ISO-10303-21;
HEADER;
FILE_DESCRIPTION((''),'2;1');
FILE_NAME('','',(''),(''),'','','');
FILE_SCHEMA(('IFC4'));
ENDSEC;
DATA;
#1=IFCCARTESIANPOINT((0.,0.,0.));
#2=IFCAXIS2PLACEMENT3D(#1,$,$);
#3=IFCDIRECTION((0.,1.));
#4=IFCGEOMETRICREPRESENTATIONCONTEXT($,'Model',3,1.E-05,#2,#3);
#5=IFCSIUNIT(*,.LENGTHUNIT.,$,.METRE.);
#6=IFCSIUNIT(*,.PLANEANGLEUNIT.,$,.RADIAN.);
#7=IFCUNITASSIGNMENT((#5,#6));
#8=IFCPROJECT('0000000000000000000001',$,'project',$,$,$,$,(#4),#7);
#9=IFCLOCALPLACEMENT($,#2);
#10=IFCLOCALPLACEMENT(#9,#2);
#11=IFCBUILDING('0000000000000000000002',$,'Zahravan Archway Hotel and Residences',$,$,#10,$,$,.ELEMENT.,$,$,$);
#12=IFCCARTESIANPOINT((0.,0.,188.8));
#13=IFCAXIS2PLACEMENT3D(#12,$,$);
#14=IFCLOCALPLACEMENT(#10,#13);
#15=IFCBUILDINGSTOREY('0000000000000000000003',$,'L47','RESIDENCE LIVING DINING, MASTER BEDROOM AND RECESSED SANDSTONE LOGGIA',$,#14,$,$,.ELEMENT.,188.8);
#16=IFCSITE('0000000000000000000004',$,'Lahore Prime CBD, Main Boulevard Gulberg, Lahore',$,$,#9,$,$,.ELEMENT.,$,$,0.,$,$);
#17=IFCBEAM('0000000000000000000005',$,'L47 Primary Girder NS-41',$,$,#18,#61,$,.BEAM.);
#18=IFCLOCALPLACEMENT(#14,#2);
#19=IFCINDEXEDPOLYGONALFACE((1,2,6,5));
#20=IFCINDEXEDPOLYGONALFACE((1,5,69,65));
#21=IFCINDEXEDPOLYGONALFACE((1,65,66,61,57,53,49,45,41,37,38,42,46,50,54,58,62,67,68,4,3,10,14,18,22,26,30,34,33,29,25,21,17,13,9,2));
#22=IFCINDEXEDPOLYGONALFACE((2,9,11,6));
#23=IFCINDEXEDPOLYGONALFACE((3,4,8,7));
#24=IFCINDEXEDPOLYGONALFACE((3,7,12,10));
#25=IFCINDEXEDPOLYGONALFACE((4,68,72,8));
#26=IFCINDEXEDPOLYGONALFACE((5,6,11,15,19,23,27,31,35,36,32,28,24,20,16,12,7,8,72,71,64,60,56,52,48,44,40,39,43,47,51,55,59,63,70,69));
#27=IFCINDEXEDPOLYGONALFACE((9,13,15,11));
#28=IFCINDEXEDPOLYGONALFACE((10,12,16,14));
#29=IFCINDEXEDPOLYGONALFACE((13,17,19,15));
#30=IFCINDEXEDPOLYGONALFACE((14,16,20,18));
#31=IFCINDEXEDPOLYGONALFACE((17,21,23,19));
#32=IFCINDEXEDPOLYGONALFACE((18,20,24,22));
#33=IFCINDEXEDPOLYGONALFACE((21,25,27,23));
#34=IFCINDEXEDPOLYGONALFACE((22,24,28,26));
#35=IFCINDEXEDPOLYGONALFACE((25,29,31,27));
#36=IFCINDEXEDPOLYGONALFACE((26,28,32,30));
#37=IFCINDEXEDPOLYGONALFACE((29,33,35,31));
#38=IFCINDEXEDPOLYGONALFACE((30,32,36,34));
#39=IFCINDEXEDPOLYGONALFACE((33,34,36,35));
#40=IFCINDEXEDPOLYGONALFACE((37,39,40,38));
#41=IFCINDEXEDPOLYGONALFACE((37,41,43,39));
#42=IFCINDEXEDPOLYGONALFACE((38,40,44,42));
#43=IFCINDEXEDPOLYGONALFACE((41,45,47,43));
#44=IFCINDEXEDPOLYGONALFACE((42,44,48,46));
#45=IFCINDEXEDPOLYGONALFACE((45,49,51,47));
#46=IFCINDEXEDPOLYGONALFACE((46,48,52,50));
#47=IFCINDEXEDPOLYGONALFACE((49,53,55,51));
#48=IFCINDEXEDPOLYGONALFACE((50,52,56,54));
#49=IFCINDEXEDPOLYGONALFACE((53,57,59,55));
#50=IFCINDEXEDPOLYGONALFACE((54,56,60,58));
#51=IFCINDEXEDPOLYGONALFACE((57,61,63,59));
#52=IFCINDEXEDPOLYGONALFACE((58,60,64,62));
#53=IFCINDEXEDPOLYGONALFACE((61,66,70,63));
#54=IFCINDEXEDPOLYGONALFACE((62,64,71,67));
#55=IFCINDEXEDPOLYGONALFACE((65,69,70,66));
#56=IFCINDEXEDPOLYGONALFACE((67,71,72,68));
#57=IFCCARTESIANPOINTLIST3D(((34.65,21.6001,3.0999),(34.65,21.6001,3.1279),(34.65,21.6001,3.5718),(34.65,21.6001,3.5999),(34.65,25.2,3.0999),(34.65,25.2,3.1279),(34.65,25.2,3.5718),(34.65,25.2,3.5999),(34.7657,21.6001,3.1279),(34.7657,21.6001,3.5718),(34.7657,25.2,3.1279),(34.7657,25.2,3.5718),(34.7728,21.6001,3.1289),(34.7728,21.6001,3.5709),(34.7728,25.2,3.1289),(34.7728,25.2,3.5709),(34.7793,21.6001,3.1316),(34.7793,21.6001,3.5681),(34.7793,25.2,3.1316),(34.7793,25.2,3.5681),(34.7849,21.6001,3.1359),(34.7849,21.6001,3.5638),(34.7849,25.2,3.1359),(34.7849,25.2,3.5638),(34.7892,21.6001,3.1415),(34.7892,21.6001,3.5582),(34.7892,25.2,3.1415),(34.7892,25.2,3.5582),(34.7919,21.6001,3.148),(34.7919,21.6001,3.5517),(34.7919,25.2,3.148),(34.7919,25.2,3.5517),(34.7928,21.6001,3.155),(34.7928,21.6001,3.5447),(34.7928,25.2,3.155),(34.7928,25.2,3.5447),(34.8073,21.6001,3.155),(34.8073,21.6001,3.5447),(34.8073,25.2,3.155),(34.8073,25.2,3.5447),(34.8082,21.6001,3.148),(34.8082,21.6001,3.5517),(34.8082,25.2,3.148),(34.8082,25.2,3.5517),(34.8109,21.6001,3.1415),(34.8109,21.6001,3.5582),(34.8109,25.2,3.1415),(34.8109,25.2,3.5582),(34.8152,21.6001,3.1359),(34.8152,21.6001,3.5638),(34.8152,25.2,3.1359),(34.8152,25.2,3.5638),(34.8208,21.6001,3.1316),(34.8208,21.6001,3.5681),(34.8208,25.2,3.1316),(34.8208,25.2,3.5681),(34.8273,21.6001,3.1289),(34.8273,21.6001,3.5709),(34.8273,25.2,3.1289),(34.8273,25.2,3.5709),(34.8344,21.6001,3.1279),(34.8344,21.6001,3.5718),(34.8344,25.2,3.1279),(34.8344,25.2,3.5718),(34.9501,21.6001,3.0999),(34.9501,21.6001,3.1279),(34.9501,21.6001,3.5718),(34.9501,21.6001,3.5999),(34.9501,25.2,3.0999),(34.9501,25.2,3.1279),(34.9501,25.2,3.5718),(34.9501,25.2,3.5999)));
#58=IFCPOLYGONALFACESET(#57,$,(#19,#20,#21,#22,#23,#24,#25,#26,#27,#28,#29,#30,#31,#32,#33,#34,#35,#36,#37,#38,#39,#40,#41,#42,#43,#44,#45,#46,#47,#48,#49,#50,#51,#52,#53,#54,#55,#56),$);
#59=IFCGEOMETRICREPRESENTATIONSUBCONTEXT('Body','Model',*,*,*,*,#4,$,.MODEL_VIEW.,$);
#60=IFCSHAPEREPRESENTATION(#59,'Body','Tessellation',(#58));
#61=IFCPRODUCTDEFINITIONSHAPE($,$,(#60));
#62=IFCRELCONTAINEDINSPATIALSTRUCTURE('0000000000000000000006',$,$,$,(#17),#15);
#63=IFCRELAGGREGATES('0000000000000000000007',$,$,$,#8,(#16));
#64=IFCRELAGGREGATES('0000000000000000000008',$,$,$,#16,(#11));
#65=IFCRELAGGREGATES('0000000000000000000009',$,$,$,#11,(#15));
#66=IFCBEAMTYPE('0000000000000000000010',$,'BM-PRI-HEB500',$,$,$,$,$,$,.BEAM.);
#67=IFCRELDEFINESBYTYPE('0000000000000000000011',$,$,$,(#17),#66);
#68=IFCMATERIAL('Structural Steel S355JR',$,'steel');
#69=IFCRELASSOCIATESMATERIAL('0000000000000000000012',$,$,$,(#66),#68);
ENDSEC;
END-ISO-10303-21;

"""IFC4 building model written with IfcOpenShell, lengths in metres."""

from ifc_helpers import new_model, si_unit, direction, frame, origin, origin_2d, place, context, subcontext, project, spatial, i_section, extrude, source, transform, mapped, material, material_profile, profile_set, type_object, element, save


model = new_model("IFC4")

# Units and contexts
model_context = context("Model", 3, precision=1e-05, world=origin(), true_north=direction((0.0, 1.0)))
body_context = subcontext(model_context, "Body", "Model", "MODEL_VIEW")
ifc_project = project(units=[si_unit("LENGTHUNIT", "METRE"), si_unit("PLANEANGLEUNIT", "RADIAN")], contexts=[model_context])

# Site, building, storey
site_placement = place(None, origin())
site = spatial("IfcSite", under=ifc_project, at=site_placement, Name="Lahore Prime CBD, Main Boulevard Gulberg, Lahore", CompositionType="ELEMENT", RefElevation=0.0)
building_placement = place(site_placement, origin())
building = spatial("IfcBuilding", under=site, at=building_placement, Name="Zahravan Archway Hotel and Residences", CompositionType="ELEMENT")
storey_placement = place(building_placement, frame((0.0, 0.0, 188.8)))
storey = spatial("IfcBuildingStorey", under=building, at=storey_placement, Name="L47", Description="RESIDENCE LIVING DINING, MASTER BEDROOM AND RECESSED SANDSTONE LOGGIA", CompositionType="ELEMENT", Elevation=188.8)

# Beam
ifc_material_1 = material(Name="Structural Steel S355JR", Category="steel")
ifc_material_profile_1 = material_profile(ifc_material_1, i_section(OverallWidth=0.3, OverallDepth=0.5, WebThickness=0.0144, FlangeThickness=0.0281, FilletRadius=0.0271, at=origin_2d()), Name="HEB 500", Category="steel")
ifc_profile_set_1 = profile_set([ifc_material_profile_1], Name="Structural Steel S355JR")
beam_type_1 = type_object("IfcBeamType", Name="BM-PRI-HEB500", PredefinedType="BEAM", material=ifc_profile_set_1)
shared_shape_1 = source(origin(), body_context, "Body", "SweptSolid", [
    extrude(i_section(OverallWidth=0.3, OverallDepth=0.5, WebThickness=0.0144, FlangeThickness=0.0281, FilletRadius=0.0271, at=origin_2d()), origin(), (0.0, 0.0, 1.0), 3.5999),
])
beam_1_placement = place(storey_placement, frame((34.8, 21.6001, 3.3499), z_axis=(0.0, 1.0, 0.0), x_axis=(-1.0, 0.0, 0.0)))
element("IfcBeam", 1, at=beam_1_placement, inside=storey, type_object=beam_type_1, Name="L47 Primary Girder NS-41", PredefinedType="BEAM", context=body_context, shape_type="MappedRepresentation", body=[
    mapped(shared_shape_1, transform((0.0, 0.0, 0.0), scale=1.0)),
])

save(model, "model.ifc")
